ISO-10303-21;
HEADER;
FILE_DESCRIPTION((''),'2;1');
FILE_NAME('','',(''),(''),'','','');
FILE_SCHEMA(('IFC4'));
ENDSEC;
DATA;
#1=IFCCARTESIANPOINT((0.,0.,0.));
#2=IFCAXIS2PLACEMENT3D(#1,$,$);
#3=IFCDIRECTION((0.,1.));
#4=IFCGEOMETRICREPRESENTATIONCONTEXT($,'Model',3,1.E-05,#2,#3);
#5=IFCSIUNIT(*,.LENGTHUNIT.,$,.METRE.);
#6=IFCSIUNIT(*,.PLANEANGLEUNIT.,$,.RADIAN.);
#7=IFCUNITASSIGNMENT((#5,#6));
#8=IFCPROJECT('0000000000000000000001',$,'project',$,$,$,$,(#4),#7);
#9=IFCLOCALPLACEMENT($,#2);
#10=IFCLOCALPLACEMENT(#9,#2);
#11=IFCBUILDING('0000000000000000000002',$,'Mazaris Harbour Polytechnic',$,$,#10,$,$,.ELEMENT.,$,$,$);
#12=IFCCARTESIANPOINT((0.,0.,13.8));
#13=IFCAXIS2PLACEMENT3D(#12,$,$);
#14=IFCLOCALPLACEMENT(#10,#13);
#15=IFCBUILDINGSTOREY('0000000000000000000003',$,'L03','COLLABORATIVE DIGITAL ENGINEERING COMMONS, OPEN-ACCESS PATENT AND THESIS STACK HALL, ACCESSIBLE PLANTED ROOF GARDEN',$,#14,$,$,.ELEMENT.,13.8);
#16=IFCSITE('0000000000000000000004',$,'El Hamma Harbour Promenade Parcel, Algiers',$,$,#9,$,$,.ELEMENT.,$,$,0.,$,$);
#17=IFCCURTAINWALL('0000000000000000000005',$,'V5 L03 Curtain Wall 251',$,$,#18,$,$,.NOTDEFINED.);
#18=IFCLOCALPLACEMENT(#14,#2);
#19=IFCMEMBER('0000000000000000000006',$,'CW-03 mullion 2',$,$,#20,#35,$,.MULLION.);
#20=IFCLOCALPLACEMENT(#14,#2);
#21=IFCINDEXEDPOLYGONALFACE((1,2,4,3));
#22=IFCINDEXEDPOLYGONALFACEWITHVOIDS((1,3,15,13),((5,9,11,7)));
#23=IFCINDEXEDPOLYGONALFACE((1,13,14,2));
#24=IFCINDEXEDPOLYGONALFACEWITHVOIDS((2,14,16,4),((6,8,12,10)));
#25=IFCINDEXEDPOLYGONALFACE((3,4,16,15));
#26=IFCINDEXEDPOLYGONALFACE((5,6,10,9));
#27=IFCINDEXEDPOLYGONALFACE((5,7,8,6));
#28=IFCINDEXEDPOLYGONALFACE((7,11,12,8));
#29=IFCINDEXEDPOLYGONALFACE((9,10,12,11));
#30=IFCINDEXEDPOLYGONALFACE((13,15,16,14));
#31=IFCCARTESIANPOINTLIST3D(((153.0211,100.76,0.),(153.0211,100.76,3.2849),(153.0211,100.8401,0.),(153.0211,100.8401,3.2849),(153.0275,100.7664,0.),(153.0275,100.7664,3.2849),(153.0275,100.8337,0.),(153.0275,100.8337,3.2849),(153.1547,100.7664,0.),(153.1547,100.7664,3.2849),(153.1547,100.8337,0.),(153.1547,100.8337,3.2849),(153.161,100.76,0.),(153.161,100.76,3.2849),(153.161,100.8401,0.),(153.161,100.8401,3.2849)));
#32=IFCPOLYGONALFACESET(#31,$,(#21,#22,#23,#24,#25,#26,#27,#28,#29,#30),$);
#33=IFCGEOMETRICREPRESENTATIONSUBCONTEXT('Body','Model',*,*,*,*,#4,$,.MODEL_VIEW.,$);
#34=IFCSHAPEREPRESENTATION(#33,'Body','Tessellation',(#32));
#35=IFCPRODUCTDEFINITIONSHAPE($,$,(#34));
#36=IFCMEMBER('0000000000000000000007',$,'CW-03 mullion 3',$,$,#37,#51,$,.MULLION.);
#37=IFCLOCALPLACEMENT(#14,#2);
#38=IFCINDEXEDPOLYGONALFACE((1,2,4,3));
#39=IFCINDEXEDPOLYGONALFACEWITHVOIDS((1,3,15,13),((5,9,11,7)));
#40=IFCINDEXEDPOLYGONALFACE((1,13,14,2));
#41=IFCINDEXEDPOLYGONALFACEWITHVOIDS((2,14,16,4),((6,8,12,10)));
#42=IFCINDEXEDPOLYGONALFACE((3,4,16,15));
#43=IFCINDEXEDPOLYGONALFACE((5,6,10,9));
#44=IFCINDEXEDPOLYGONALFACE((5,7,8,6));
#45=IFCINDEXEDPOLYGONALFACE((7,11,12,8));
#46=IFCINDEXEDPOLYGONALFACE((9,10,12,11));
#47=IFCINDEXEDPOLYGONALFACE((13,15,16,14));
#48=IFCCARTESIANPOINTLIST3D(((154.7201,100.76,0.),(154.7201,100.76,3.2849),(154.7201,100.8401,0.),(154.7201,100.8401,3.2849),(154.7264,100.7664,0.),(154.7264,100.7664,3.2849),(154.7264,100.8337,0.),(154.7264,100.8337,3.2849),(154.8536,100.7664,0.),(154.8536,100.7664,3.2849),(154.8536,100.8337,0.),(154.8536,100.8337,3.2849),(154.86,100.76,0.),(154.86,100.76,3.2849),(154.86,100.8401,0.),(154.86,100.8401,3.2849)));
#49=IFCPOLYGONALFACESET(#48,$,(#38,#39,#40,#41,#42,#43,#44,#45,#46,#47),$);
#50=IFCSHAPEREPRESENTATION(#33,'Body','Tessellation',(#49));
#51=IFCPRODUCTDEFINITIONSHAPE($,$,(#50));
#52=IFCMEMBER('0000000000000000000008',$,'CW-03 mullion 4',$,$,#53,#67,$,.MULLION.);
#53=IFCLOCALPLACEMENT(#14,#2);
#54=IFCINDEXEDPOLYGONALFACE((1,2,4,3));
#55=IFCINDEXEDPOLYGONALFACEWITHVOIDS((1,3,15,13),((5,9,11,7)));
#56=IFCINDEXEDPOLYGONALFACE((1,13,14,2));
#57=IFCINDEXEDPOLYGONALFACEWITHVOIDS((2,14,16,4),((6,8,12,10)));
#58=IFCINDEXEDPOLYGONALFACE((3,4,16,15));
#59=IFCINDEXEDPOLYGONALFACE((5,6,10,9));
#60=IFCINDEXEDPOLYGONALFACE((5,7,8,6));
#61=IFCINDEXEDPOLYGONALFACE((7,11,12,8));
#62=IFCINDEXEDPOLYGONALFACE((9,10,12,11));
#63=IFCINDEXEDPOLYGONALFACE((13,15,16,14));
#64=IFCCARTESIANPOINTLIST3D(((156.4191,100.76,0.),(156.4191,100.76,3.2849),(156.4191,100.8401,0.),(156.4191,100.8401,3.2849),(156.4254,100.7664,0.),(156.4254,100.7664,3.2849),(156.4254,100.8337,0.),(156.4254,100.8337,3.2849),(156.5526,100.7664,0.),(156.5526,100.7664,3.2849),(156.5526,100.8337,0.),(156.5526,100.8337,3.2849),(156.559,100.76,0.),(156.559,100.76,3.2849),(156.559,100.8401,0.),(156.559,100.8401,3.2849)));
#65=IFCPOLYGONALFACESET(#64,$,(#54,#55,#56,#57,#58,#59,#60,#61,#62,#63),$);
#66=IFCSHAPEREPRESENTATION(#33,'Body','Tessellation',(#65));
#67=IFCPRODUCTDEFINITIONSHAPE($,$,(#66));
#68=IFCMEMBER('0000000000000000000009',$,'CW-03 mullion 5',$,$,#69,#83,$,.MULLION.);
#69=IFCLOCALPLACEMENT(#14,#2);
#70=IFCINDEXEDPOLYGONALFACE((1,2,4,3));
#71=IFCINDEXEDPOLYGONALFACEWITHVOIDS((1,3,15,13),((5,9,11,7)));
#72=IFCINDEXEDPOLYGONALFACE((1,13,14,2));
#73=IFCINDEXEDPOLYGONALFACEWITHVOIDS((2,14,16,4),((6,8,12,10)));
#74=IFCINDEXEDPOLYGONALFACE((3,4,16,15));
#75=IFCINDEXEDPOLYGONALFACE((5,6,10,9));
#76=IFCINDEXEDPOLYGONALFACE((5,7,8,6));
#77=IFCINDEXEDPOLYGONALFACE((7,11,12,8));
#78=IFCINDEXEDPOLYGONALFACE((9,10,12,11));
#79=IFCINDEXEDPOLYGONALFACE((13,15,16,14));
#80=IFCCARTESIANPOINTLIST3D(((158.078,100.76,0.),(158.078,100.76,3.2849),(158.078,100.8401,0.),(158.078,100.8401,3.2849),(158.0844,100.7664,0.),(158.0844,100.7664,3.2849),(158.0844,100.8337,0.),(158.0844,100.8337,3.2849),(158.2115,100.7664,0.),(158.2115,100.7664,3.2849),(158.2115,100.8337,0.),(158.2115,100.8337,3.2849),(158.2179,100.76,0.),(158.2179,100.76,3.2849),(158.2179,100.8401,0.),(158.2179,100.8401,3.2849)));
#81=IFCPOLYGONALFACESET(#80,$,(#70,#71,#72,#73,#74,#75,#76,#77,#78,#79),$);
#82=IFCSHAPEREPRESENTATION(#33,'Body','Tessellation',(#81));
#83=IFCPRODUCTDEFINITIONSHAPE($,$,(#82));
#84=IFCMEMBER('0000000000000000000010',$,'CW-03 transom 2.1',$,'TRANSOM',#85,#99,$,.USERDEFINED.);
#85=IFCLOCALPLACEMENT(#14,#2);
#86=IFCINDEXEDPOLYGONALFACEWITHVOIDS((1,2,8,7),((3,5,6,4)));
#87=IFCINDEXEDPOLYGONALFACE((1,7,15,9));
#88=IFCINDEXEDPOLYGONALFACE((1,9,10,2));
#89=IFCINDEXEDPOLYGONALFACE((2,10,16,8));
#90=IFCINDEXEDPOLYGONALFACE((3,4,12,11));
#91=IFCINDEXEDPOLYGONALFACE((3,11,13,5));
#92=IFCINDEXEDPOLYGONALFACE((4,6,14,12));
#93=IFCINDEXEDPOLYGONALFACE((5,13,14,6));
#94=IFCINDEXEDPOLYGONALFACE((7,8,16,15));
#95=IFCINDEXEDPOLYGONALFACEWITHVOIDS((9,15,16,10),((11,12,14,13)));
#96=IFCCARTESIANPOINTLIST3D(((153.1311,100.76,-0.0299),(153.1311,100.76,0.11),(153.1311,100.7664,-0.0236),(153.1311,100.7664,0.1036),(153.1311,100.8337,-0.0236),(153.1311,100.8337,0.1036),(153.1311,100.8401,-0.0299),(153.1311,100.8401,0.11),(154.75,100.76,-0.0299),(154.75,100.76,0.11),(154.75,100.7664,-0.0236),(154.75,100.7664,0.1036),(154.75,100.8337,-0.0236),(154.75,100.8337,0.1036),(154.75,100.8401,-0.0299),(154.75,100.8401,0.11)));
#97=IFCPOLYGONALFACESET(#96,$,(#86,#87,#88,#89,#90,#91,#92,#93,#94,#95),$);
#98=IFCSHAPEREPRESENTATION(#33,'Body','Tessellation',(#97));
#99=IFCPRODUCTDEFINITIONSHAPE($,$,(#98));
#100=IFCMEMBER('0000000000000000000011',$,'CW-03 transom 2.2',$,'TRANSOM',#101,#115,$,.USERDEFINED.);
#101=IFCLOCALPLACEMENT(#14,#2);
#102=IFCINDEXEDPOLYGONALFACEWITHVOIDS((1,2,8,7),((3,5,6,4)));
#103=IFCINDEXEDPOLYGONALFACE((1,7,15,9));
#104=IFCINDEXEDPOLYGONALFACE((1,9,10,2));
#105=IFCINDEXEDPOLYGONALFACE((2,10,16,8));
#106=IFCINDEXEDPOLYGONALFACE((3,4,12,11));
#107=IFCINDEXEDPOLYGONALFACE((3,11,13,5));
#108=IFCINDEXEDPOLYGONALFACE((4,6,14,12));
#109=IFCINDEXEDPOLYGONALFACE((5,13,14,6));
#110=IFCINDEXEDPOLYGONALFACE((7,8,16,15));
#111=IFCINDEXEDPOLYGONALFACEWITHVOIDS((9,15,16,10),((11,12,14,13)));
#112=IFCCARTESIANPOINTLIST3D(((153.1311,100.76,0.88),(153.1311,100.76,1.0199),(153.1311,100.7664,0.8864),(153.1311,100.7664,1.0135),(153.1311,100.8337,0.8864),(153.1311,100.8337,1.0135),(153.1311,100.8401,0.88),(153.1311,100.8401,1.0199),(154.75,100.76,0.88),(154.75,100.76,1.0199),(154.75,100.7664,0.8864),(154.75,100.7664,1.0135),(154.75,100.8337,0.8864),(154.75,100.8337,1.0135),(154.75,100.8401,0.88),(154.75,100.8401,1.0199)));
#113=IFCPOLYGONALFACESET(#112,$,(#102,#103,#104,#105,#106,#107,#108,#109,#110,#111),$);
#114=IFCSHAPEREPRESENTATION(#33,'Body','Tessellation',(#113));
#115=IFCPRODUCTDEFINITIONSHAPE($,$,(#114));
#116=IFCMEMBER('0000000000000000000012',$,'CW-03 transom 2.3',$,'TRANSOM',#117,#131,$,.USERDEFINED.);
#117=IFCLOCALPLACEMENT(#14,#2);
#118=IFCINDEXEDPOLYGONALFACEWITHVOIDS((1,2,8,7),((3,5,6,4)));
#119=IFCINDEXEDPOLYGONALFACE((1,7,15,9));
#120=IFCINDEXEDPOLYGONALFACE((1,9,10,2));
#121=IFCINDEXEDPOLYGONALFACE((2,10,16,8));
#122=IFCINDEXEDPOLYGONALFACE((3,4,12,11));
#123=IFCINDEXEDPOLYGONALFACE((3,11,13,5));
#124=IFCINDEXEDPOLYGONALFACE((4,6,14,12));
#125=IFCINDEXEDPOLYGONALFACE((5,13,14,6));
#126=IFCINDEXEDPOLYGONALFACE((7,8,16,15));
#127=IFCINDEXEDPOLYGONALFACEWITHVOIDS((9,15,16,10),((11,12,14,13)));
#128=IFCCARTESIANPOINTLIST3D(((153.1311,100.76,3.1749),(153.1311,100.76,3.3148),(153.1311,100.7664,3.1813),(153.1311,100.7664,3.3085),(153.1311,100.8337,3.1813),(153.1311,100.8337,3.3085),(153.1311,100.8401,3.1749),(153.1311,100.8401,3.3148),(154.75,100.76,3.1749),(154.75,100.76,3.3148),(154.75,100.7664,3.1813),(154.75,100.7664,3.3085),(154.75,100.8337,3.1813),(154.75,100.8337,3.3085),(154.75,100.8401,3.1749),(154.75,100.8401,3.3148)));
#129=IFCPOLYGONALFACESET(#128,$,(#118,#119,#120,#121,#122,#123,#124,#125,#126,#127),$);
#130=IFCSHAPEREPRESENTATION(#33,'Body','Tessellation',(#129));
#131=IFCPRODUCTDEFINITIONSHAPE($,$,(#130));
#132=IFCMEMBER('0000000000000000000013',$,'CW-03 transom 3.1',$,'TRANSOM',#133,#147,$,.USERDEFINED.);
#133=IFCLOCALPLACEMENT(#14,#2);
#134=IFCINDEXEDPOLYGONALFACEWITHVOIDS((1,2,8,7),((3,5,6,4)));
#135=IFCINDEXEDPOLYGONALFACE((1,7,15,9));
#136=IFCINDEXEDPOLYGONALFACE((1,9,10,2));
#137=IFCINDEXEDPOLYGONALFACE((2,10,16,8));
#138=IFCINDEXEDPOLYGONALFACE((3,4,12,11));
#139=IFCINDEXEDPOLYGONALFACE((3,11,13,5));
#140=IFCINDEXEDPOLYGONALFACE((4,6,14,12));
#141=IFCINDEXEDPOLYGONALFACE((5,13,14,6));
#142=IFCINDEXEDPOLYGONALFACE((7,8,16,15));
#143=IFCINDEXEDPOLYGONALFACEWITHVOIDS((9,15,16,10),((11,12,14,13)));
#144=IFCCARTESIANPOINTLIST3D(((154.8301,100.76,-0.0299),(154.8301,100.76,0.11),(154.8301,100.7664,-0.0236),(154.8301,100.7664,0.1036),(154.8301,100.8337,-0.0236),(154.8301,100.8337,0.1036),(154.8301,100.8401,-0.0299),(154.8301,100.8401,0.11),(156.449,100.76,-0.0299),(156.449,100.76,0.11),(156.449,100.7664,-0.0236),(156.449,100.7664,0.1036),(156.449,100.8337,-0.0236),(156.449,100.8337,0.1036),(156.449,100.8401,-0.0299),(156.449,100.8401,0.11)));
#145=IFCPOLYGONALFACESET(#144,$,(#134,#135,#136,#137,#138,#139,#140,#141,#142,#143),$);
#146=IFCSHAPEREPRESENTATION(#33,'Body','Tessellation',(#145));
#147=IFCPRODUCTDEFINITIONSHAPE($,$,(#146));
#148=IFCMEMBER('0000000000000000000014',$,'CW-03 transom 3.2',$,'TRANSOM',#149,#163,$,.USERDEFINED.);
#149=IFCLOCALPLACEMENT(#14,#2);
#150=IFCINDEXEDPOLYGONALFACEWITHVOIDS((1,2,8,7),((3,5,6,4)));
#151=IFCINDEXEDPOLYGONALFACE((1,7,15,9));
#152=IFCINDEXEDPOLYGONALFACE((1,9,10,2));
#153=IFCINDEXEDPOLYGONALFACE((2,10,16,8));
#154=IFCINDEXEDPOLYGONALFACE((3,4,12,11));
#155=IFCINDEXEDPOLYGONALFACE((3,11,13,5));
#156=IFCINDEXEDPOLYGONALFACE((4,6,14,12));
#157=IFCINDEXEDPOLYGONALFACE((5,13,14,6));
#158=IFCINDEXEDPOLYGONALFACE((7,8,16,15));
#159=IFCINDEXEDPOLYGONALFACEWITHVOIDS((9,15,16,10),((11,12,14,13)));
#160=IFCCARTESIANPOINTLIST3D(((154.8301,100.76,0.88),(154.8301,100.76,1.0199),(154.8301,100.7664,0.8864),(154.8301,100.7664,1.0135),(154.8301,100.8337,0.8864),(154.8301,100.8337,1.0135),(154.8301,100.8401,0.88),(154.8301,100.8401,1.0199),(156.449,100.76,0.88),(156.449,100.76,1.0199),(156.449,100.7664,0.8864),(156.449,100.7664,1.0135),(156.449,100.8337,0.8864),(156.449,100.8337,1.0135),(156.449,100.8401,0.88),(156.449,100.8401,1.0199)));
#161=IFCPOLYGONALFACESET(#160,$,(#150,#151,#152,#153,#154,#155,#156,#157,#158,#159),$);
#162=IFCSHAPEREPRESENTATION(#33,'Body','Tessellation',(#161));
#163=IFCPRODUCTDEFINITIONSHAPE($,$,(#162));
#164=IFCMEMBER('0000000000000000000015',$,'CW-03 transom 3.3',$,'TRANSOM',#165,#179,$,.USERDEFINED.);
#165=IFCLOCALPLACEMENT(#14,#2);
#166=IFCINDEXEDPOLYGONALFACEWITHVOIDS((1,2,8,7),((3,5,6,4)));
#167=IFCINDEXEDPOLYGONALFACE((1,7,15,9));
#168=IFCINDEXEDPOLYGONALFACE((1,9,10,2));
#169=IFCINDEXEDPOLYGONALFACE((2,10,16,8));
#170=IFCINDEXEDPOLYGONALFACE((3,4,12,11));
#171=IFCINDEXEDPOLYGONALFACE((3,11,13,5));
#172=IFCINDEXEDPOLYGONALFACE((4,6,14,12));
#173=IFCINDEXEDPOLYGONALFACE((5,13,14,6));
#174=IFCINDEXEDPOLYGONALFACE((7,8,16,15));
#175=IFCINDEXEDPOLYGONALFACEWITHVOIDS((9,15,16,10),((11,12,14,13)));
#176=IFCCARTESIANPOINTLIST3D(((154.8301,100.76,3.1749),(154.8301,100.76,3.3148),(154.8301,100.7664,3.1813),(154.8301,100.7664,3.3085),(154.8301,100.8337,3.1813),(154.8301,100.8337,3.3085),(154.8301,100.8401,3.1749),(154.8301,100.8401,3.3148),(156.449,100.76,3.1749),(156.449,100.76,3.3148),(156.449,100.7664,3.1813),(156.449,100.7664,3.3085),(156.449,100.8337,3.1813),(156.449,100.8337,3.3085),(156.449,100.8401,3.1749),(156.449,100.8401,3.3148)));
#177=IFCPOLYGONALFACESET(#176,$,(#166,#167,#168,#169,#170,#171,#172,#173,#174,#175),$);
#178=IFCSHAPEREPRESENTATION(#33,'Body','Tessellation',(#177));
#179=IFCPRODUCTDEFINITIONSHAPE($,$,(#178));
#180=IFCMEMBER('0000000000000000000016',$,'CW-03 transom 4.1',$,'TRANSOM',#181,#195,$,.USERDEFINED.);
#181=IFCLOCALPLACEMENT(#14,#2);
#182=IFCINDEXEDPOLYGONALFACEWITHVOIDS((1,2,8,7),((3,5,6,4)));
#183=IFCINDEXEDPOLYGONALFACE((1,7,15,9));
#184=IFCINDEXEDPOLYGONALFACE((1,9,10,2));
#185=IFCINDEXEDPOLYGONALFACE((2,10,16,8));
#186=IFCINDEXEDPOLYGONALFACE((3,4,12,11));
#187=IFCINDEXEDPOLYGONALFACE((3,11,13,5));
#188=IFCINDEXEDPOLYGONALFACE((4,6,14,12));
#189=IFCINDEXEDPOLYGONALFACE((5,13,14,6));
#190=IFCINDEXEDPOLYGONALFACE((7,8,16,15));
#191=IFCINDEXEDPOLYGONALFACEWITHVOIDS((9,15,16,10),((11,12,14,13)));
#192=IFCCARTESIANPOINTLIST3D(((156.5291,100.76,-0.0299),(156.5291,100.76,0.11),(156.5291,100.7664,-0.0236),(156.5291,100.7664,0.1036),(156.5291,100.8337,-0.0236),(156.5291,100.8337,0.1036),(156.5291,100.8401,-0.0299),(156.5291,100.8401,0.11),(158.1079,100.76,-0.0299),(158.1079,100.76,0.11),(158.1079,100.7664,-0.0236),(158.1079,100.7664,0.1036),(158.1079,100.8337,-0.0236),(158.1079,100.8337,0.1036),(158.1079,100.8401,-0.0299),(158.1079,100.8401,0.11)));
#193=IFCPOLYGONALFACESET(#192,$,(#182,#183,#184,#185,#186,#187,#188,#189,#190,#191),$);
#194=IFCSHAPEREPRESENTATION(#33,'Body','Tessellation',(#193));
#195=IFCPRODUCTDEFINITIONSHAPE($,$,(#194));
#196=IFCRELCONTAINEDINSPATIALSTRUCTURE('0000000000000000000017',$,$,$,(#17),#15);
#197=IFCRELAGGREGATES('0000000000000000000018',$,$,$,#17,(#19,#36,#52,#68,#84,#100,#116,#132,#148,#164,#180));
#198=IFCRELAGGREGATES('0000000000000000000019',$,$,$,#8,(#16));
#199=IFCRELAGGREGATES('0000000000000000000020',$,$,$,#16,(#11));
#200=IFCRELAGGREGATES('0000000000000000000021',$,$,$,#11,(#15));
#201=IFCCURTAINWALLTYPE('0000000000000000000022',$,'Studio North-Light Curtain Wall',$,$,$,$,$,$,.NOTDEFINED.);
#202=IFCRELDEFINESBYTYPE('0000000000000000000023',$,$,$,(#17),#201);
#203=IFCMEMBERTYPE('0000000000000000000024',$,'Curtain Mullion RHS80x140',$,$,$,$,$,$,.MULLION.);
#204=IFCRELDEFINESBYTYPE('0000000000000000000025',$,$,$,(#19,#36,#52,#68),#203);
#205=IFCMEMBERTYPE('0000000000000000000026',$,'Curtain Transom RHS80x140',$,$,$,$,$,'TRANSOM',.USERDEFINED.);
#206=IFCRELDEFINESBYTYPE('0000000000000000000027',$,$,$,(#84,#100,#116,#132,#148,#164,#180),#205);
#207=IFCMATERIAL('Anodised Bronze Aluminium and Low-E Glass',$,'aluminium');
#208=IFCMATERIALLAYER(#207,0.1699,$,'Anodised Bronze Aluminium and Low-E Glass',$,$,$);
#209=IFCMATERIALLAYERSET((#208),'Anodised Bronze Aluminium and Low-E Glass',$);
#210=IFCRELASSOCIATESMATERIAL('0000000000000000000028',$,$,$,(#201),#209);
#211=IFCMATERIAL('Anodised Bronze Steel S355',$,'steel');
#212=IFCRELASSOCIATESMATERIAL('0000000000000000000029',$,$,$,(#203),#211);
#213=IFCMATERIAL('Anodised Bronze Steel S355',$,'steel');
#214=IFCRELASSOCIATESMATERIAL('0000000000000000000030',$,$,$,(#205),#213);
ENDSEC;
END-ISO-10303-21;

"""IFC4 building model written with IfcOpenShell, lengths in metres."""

from ifc_helpers import new_model, si_unit, direction, frame, origin, origin_2d, place, context, subcontext, project, spatial, hollow_rectangle, extrude, material, layer, layer_set, material_profile, profile_set, type_object, element, aggregate, save


model = new_model("IFC4")

# Units and contexts
model_context = context("Model", 3, precision=1e-05, world=origin(), true_north=direction((0.0, 1.0)))
body_context = subcontext(model_context, "Body", "Model", "MODEL_VIEW")
ifc_project = project(units=[si_unit("LENGTHUNIT", "METRE"), si_unit("PLANEANGLEUNIT", "RADIAN")], contexts=[model_context])

# Site, building, storey
site_placement = place(None, origin())
site = spatial("IfcSite", under=ifc_project, at=site_placement, Name="El Hamma Harbour Promenade Parcel, Algiers", CompositionType="ELEMENT", RefElevation=0.0)
building_placement = place(site_placement, origin())
building = spatial("IfcBuilding", under=site, at=building_placement, Name="Mazaris Harbour Polytechnic", CompositionType="ELEMENT")
storey_placement = place(building_placement, frame((0.0, 0.0, 13.8)))
storey = spatial("IfcBuildingStorey", under=building, at=storey_placement, Name="L03", Description="COLLABORATIVE DIGITAL ENGINEERING COMMONS, OPEN-ACCESS PATENT AND THESIS STACK HALL, ACCESSIBLE PLANTED ROOF GARDEN", CompositionType="ELEMENT", Elevation=13.8)

# Curtain wall, members
ifc_material_1 = material(Name="Anodised Bronze Aluminium and Low-E Glass", Category="aluminium")
ifc_layer_1 = layer(ifc_material_1, 0.1699, Name="Anodised Bronze Aluminium and Low-E Glass")
ifc_layer_set_1 = layer_set([ifc_layer_1], Name="Anodised Bronze Aluminium and Low-E Glass")
curtain_wall_type = type_object("IfcCurtainWallType", Name="Studio North-Light Curtain Wall", PredefinedType="NOTDEFINED", material=ifc_layer_set_1)
curtain_wall_placement = place(storey_placement, origin())
curtain_wall = element("IfcCurtainWall", 1, at=curtain_wall_placement, inside=storey, type_object=curtain_wall_type, Name="V5 L03 Curtain Wall 251", PredefinedType="NOTDEFINED")
ifc_material_2 = material(Name="Anodised Bronze Steel S355", Category="steel")
ifc_material_profile_1 = material_profile(ifc_material_2, hollow_rectangle(XDim=0.0801, YDim=0.1399, WallThickness=0.0063, at=origin_2d()), Name="RHS 80x140x6.3")
ifc_profile_set_1 = profile_set([ifc_material_profile_1], Name="Anodised Bronze Steel S355")
member_type_1 = type_object("IfcMemberType", Name="Curtain Mullion RHS80x140", PredefinedType="MULLION", material=ifc_profile_set_1)
member_1_placement = place(storey_placement, frame((153.0911, 100.8, 0.0), z_axis=(0.0, 0.0, 1.0), x_axis=(0.0, 1.0, 0.0)))
member_1 = element("IfcMember", 2, at=member_1_placement, type_object=member_type_1, Name="CW-03 mullion 2", PredefinedType="MULLION", context=body_context, shape_type="SweptSolid", body=[
    extrude(hollow_rectangle(XDim=0.0801, YDim=0.1399, WallThickness=0.0063, at=origin_2d()), origin(), (0.0, 0.0, 1.0), 3.2849),
])
member_2_placement = place(storey_placement, frame((154.79, 100.8, 0.0), z_axis=(0.0, 0.0, 1.0), x_axis=(0.0, 1.0, 0.0)))
member_2 = element("IfcMember", 3, at=member_2_placement, type_object=member_type_1, Name="CW-03 mullion 3", PredefinedType="MULLION", context=body_context, shape_type="SweptSolid", body=[
    extrude(hollow_rectangle(XDim=0.0801, YDim=0.1399, WallThickness=0.0063, at=origin_2d()), origin(), (0.0, 0.0, 1.0), 3.2849),
])
member_3_placement = place(storey_placement, frame((156.489, 100.8, 0.0), z_axis=(0.0, 0.0, 1.0), x_axis=(0.0, 1.0, 0.0)))
member_3 = element("IfcMember", 4, at=member_3_placement, type_object=member_type_1, Name="CW-03 mullion 4", PredefinedType="MULLION", context=body_context, shape_type="SweptSolid", body=[
    extrude(hollow_rectangle(XDim=0.0801, YDim=0.1399, WallThickness=0.0063, at=origin_2d()), origin(), (0.0, 0.0, 1.0), 3.2849),
])
member_4_placement = place(storey_placement, frame((158.1479, 100.8, 0.0), z_axis=(0.0, 0.0, 1.0), x_axis=(0.0, 1.0, 0.0)))
member_4 = element("IfcMember", 5, at=member_4_placement, type_object=member_type_1, Name="CW-03 mullion 5", PredefinedType="MULLION", context=body_context, shape_type="SweptSolid", body=[
    extrude(hollow_rectangle(XDim=0.0801, YDim=0.1399, WallThickness=0.0063, at=origin_2d()), origin(), (0.0, 0.0, 1.0), 3.2849),
])
ifc_material_3 = material(Name="Anodised Bronze Steel S355", Category="steel")
ifc_material_profile_2 = material_profile(ifc_material_3, hollow_rectangle(XDim=0.0801, YDim=0.1399, WallThickness=0.0063, at=origin_2d()), Name="RHS 80x140x6.3")
ifc_profile_set_2 = profile_set([ifc_material_profile_2], Name="Anodised Bronze Steel S355")
member_type_2 = type_object("IfcMemberType", Name="Curtain Transom RHS80x140", ElementType="TRANSOM", PredefinedType="USERDEFINED", material=ifc_profile_set_2)
member_5_placement = place(storey_placement, frame((153.1311, 100.8, 0.04), z_axis=(1.0, 0.0, 0.0), x_axis=(0.0, 1.0, 0.0)))
member_5 = element("IfcMember", 6, at=member_5_placement, type_object=member_type_2, Name="CW-03 transom 2.1", ObjectType="TRANSOM", PredefinedType="USERDEFINED", context=body_context, shape_type="SweptSolid", body=[
    extrude(hollow_rectangle(XDim=0.0801, YDim=0.1399, WallThickness=0.0063, at=origin_2d()), origin(), (0.0, 0.0, 1.0), 1.6189),
])
member_6_placement = place(storey_placement, frame((153.1311, 100.8, 0.95), z_axis=(1.0, 0.0, 0.0), x_axis=(0.0, 1.0, 0.0)))
member_6 = element("IfcMember", 7, at=member_6_placement, type_object=member_type_2, Name="CW-03 transom 2.2", ObjectType="TRANSOM", PredefinedType="USERDEFINED", context=body_context, shape_type="SweptSolid", body=[
    extrude(hollow_rectangle(XDim=0.0801, YDim=0.1399, WallThickness=0.0063, at=origin_2d()), origin(), (0.0, 0.0, 1.0), 1.6189),
])
member_7_placement = place(storey_placement, frame((153.1311, 100.8, 3.2449), z_axis=(1.0, 0.0, 0.0), x_axis=(0.0, 1.0, 0.0)))
member_7 = element("IfcMember", 8, at=member_7_placement, type_object=member_type_2, Name="CW-03 transom 2.3", ObjectType="TRANSOM", PredefinedType="USERDEFINED", context=body_context, shape_type="SweptSolid", body=[
    extrude(hollow_rectangle(XDim=0.0801, YDim=0.1399, WallThickness=0.0063, at=origin_2d()), origin(), (0.0, 0.0, 1.0), 1.6189),
])
member_8_placement = place(storey_placement, frame((154.8301, 100.8, 0.04), z_axis=(1.0, 0.0, 0.0), x_axis=(0.0, 1.0, 0.0)))
member_8 = element("IfcMember", 9, at=member_8_placement, type_object=member_type_2, Name="CW-03 transom 3.1", ObjectType="TRANSOM", PredefinedType="USERDEFINED", context=body_context, shape_type="SweptSolid", body=[
    extrude(hollow_rectangle(XDim=0.0801, YDim=0.1399, WallThickness=0.0063, at=origin_2d()), origin(), (0.0, 0.0, 1.0), 1.6189),
])
member_9_placement = place(storey_placement, frame((154.8301, 100.8, 0.95), z_axis=(1.0, 0.0, 0.0), x_axis=(0.0, 1.0, 0.0)))
member_9 = element("IfcMember", 10, at=member_9_placement, type_object=member_type_2, Name="CW-03 transom 3.2", ObjectType="TRANSOM", PredefinedType="USERDEFINED", context=body_context, shape_type="SweptSolid", body=[
    extrude(hollow_rectangle(XDim=0.0801, YDim=0.1399, WallThickness=0.0063, at=origin_2d()), origin(), (0.0, 0.0, 1.0), 1.6189),
])
member_10_placement = place(storey_placement, frame((154.8301, 100.8, 3.2449), z_axis=(1.0, 0.0, 0.0), x_axis=(0.0, 1.0, 0.0)))
member_10 = element("IfcMember", 11, at=member_10_placement, type_object=member_type_2, Name="CW-03 transom 3.3", ObjectType="TRANSOM", PredefinedType="USERDEFINED", context=body_context, shape_type="SweptSolid", body=[
    extrude(hollow_rectangle(XDim=0.0801, YDim=0.1399, WallThickness=0.0063, at=origin_2d()), origin(), (0.0, 0.0, 1.0), 1.6189),
])
member_11_placement = place(storey_placement, frame((156.5291, 100.8, 0.04), z_axis=(1.0, 0.0, 0.0), x_axis=(0.0, 1.0, 0.0)))
member_11 = element("IfcMember", 12, at=member_11_placement, type_object=member_type_2, Name="CW-03 transom 4.1", ObjectType="TRANSOM", PredefinedType="USERDEFINED", context=body_context, shape_type="SweptSolid", body=[
    extrude(hollow_rectangle(XDim=0.0801, YDim=0.1399, WallThickness=0.0063, at=origin_2d()), origin(), (0.0, 0.0, 1.0), 1.5789),
])
aggregate(curtain_wall, [member_1, member_2, member_3, member_4, member_5, member_6, member_7, member_8, member_9, member_10, member_11])

save(model, "model.ifc")
